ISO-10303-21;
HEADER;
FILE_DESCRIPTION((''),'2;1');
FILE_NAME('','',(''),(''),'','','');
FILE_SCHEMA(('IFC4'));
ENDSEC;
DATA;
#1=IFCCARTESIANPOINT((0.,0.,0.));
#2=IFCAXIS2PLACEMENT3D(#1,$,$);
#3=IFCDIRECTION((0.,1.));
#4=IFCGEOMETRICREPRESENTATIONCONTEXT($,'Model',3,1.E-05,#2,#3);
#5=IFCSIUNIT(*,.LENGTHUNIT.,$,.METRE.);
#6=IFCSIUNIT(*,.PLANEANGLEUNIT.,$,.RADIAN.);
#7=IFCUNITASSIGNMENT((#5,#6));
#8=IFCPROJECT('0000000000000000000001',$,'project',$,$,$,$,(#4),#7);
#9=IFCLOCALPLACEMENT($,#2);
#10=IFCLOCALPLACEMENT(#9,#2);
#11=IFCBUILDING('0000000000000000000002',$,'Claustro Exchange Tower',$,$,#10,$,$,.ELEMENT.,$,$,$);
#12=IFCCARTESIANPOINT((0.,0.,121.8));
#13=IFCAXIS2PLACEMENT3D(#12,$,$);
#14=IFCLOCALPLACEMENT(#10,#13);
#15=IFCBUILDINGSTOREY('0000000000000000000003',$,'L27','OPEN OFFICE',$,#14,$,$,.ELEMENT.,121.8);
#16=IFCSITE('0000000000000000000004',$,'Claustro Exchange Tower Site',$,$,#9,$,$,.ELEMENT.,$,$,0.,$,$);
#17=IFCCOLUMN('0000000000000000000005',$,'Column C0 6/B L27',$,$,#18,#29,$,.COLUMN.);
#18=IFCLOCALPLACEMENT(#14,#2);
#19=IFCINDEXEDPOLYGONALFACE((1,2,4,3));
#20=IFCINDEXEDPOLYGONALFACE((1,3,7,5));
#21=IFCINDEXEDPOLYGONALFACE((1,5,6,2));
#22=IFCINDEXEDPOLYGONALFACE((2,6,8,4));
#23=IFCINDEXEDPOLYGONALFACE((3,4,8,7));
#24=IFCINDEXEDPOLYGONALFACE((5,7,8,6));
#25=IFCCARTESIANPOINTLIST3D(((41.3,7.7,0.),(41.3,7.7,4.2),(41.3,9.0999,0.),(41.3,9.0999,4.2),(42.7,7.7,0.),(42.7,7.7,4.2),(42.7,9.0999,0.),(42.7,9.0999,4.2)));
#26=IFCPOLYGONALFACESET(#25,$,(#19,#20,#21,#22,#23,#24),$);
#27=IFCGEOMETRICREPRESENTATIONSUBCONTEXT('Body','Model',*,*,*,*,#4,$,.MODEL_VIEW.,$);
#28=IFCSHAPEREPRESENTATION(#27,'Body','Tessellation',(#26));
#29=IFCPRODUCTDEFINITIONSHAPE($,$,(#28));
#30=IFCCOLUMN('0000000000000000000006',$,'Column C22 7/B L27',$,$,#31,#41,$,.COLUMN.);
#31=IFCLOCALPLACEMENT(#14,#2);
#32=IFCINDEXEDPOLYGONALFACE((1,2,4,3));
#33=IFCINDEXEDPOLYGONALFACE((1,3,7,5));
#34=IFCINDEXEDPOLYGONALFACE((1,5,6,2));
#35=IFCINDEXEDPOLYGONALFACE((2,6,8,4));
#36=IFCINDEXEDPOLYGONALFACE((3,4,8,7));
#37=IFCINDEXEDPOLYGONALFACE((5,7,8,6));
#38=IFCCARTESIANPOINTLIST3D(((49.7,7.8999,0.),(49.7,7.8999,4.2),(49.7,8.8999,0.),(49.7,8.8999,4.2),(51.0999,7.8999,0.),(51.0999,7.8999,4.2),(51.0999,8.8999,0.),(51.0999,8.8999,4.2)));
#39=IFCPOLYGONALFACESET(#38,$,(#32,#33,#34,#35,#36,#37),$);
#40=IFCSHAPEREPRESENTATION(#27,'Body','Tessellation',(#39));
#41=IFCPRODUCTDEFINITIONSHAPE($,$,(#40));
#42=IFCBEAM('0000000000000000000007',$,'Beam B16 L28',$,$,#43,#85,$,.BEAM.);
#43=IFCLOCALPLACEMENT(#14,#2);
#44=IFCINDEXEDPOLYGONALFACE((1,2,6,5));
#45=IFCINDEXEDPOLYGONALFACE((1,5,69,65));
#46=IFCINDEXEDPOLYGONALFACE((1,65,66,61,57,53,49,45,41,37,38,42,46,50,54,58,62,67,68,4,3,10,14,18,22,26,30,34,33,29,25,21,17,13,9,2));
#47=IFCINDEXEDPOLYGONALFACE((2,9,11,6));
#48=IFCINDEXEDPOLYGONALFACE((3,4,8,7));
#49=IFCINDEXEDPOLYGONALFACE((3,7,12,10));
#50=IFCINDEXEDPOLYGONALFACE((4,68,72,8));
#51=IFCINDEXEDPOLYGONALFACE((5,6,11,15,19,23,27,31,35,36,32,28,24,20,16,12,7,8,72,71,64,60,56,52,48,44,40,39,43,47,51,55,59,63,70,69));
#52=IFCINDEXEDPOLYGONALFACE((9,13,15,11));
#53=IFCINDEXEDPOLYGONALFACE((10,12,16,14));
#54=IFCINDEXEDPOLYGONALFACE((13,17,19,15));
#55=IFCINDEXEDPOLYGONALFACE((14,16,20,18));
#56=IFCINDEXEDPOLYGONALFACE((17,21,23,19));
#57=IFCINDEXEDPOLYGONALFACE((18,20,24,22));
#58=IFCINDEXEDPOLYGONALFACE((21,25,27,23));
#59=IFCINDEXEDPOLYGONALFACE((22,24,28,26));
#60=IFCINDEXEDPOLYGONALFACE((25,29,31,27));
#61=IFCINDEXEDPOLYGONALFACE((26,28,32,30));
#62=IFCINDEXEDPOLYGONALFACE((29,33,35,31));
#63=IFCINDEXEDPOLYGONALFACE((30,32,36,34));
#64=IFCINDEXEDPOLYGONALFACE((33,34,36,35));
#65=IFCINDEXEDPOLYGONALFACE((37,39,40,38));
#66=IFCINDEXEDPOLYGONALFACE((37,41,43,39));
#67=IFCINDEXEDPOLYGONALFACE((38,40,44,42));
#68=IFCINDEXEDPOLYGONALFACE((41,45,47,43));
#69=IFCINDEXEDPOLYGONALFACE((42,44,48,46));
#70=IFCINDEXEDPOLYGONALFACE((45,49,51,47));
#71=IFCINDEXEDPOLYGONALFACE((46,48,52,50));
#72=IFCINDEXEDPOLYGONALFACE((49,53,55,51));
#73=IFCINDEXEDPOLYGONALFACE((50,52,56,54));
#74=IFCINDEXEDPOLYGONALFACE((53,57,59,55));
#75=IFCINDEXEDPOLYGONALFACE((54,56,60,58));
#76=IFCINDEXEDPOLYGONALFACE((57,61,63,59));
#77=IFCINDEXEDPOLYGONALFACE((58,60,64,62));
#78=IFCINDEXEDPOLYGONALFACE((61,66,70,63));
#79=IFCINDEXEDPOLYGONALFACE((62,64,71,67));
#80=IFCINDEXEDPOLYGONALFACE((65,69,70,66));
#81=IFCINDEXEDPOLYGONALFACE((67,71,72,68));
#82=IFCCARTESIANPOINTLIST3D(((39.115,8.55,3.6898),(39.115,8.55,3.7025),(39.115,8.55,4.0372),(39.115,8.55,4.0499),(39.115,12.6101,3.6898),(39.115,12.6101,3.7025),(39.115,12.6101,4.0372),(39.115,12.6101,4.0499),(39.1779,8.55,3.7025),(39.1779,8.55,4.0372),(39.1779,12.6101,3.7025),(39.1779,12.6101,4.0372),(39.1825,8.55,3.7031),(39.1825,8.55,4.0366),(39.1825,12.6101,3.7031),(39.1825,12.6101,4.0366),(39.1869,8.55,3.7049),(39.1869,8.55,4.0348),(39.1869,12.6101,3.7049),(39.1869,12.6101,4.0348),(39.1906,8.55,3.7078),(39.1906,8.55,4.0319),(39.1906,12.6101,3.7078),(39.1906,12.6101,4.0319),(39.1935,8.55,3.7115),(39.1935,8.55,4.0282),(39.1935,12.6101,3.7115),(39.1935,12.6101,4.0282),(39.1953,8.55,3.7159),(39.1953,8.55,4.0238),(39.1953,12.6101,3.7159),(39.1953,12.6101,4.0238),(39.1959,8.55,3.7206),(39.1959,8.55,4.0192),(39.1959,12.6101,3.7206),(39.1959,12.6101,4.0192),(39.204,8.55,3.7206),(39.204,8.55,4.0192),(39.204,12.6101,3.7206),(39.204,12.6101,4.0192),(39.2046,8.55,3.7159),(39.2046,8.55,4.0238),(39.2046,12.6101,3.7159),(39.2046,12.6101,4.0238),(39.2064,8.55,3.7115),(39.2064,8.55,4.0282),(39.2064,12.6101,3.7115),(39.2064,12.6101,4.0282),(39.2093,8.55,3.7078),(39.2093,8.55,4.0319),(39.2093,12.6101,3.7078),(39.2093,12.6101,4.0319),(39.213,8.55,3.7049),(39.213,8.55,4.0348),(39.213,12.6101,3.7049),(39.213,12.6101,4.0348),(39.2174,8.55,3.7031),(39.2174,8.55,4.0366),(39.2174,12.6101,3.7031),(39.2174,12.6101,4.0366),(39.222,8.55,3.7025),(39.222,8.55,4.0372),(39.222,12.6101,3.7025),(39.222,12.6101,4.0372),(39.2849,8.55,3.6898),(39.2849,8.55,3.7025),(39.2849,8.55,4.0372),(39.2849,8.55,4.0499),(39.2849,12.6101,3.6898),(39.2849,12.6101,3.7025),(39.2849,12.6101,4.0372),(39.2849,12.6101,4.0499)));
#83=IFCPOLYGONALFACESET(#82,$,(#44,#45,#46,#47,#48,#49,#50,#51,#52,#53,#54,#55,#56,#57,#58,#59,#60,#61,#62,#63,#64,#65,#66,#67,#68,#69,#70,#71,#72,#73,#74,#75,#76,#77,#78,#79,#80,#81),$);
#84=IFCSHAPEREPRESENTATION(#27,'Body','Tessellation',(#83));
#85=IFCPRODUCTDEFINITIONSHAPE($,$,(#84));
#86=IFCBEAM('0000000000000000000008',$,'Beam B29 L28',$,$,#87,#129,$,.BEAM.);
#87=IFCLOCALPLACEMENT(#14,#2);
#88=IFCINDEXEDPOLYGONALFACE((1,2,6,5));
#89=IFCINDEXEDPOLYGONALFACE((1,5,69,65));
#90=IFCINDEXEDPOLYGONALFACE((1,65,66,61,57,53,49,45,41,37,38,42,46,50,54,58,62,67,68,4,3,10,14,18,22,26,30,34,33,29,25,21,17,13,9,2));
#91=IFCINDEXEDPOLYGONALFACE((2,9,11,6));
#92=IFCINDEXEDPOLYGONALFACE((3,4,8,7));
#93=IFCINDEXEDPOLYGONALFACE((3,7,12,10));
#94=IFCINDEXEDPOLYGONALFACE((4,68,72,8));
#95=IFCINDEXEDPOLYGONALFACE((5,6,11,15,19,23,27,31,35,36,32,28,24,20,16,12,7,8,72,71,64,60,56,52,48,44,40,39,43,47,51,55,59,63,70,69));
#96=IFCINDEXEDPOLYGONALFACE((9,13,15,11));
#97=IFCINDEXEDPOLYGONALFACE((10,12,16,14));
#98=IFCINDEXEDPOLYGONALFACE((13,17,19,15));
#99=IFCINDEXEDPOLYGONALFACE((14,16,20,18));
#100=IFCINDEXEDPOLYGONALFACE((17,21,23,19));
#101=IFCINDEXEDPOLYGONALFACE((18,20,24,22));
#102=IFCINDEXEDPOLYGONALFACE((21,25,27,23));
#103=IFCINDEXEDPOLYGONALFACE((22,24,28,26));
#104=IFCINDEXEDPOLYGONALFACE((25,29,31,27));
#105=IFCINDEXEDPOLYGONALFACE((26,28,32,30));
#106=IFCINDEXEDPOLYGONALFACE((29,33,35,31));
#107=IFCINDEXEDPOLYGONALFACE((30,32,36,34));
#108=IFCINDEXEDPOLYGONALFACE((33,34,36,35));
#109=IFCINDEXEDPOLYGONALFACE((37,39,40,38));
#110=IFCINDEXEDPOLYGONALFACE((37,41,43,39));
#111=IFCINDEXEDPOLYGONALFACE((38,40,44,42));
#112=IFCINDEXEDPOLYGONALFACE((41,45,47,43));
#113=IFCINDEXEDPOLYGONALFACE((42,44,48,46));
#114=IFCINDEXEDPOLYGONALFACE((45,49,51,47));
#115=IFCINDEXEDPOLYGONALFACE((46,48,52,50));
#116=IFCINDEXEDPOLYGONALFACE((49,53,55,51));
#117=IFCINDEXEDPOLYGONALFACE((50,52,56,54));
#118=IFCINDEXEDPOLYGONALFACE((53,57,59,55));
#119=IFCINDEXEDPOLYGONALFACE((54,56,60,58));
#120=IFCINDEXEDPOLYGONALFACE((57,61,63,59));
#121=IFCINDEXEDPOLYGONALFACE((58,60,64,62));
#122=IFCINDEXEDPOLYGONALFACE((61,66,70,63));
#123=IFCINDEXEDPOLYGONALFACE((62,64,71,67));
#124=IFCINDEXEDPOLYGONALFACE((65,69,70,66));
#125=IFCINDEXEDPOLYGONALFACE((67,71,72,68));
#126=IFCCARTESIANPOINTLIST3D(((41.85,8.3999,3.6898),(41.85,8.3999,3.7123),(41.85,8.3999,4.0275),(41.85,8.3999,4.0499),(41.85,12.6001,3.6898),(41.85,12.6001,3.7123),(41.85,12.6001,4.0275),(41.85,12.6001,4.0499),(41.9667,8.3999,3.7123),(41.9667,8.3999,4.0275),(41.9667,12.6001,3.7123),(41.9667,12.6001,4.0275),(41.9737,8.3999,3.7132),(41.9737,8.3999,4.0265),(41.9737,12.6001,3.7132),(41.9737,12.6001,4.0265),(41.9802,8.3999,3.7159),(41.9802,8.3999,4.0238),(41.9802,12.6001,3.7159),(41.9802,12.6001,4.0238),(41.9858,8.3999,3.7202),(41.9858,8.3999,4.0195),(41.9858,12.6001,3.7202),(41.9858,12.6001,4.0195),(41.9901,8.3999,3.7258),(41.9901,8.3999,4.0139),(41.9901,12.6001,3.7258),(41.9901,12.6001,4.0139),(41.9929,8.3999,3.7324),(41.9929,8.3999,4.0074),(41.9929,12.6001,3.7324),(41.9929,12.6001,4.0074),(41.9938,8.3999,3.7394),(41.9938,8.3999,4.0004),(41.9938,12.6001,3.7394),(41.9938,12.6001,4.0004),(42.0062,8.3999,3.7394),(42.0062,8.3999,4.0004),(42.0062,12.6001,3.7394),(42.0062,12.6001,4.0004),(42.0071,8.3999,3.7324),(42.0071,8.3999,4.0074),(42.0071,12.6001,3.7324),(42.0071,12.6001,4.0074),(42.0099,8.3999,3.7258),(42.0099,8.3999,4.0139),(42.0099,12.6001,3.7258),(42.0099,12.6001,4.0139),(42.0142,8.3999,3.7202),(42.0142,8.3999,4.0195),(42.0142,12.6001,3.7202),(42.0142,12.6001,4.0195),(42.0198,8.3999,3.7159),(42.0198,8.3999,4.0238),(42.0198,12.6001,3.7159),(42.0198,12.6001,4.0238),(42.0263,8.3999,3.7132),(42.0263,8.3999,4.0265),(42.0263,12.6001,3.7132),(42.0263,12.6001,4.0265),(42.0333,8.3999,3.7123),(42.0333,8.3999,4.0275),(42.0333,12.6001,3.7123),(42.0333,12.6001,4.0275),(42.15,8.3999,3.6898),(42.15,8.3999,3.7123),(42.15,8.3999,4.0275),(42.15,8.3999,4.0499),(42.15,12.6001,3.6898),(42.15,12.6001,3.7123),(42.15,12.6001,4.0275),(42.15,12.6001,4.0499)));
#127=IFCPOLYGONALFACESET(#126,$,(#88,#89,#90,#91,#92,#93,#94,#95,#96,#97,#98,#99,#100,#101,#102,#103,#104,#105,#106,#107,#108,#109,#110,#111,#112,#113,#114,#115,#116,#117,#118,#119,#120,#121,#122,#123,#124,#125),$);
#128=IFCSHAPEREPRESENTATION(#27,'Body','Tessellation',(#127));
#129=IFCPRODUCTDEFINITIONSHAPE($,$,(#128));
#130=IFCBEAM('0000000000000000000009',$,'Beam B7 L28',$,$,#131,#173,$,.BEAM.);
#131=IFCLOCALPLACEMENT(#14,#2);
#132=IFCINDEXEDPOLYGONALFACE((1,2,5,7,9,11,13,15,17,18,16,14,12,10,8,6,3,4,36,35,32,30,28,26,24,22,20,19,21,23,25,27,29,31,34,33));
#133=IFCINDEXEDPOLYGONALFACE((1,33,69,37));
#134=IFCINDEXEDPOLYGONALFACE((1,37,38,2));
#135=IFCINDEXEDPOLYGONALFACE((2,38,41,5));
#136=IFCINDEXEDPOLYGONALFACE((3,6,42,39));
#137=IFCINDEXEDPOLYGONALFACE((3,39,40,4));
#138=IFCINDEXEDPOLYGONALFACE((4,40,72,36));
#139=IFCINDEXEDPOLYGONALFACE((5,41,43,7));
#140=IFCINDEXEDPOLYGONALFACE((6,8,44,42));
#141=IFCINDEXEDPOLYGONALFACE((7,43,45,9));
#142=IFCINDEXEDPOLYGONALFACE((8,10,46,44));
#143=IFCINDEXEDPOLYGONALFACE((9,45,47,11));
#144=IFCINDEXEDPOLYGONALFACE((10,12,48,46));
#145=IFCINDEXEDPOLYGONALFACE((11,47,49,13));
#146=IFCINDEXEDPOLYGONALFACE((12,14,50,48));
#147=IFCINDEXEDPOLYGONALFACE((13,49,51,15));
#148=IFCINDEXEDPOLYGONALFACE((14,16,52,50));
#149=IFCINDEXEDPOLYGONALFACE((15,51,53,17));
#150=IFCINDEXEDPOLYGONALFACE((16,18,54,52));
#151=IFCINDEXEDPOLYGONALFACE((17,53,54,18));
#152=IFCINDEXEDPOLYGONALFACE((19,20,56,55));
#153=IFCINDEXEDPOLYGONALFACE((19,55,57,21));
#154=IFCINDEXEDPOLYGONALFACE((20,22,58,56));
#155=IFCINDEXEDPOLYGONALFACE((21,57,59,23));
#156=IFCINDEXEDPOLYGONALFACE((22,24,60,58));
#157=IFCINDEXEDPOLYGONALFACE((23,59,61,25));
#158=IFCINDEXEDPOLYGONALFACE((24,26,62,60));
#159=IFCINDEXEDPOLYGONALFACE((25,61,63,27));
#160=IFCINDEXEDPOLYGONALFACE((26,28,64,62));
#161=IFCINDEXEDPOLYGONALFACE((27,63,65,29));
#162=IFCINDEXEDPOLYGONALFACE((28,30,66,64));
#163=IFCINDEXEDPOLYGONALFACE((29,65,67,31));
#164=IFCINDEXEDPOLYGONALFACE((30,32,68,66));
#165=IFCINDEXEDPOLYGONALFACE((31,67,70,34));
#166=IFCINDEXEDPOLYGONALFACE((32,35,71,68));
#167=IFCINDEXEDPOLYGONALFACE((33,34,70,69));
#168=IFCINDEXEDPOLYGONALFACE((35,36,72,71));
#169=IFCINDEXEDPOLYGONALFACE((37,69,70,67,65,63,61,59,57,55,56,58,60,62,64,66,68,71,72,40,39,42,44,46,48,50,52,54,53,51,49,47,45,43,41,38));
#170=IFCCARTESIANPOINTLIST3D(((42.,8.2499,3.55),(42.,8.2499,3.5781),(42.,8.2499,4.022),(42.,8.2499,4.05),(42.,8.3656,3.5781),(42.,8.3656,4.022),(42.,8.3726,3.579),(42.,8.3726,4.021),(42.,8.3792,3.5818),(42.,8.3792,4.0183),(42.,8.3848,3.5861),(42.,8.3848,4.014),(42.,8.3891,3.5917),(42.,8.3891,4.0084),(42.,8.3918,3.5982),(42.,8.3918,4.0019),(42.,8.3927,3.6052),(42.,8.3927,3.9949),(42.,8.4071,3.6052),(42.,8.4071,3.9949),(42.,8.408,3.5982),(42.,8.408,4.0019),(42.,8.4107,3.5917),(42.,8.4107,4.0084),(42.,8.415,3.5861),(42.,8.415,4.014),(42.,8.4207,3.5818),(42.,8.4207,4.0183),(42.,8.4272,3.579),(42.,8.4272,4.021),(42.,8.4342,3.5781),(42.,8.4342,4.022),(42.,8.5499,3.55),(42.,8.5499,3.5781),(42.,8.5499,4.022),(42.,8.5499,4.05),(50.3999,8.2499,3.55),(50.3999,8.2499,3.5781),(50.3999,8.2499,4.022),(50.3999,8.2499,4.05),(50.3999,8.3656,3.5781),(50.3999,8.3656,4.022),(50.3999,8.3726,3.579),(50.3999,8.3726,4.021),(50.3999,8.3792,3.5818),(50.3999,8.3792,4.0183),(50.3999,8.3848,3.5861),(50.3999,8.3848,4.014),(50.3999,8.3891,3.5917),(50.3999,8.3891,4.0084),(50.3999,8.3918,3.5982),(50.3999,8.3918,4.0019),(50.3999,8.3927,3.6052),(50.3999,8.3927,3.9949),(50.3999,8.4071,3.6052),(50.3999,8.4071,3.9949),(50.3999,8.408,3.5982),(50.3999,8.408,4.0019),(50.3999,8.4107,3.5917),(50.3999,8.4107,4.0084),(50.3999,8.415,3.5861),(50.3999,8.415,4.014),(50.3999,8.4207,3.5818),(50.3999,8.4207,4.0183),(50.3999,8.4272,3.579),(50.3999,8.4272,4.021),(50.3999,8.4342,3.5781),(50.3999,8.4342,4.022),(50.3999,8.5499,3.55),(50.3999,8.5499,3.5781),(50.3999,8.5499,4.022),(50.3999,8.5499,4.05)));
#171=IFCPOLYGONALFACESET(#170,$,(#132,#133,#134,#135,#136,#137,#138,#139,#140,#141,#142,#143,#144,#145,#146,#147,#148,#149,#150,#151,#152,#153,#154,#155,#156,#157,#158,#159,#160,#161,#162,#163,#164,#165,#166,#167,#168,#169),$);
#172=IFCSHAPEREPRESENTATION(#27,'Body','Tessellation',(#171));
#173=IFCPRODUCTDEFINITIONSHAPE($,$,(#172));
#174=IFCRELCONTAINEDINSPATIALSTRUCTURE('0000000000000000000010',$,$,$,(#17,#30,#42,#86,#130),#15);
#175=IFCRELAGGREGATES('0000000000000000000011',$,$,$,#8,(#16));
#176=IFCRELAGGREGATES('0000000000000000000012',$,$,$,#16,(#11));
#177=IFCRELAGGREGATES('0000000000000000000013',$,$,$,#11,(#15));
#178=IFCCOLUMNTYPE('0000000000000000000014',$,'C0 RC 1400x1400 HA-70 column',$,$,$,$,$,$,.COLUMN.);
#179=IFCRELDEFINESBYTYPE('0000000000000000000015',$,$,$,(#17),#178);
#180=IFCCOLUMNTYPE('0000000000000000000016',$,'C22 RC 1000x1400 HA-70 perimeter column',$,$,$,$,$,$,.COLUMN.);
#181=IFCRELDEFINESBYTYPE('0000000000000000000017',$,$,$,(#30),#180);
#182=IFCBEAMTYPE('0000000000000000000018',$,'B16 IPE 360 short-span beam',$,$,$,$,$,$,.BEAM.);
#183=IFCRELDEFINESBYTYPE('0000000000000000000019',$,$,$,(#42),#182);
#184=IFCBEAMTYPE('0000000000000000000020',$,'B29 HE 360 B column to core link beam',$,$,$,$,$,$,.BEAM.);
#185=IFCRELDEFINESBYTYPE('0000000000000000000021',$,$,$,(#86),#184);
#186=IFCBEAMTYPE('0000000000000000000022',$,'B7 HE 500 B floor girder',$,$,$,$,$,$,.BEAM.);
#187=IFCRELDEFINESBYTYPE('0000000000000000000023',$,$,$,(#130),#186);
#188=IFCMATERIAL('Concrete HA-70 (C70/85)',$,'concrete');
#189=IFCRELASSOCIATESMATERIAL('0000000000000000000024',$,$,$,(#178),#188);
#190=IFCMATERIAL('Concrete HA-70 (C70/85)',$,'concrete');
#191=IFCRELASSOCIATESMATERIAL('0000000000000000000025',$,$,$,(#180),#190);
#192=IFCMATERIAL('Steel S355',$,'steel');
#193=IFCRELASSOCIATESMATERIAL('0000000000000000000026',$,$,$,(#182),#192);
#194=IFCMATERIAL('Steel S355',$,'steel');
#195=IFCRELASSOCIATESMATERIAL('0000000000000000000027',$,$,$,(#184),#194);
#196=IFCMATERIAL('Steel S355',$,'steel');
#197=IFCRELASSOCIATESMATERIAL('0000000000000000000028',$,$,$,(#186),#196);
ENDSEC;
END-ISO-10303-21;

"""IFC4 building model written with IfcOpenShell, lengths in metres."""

from ifc_helpers import new_model, si_unit, direction, frame, origin, origin_2d, place, context, subcontext, project, spatial, rectangle, i_section, extrude, material, material_profile, profile_set, type_object, element, save


model = new_model("IFC4")

# Units and contexts
model_context = context("Model", 3, precision=1e-05, world=origin(), true_north=direction((0.0, 1.0)))
body_context = subcontext(model_context, "Body", "Model", "MODEL_VIEW")
ifc_project = project(units=[si_unit("LENGTHUNIT", "METRE"), si_unit("PLANEANGLEUNIT", "RADIAN")], contexts=[model_context])

# Site, building, storey
site_placement = place(None, origin())
site = spatial("IfcSite", under=ifc_project, at=site_placement, Name="Claustro Exchange Tower Site", CompositionType="ELEMENT", RefElevation=0.0)
building_placement = place(site_placement, origin())
building = spatial("IfcBuilding", under=site, at=building_placement, Name="Claustro Exchange Tower", CompositionType="ELEMENT")
storey_placement = place(building_placement, frame((0.0, 0.0, 121.8)))
storey = spatial("IfcBuildingStorey", under=building, at=storey_placement, Name="L27", Description="OPEN OFFICE", CompositionType="ELEMENT", Elevation=121.8)

# Columns
ifc_material_1 = material(Name="Concrete HA-70 (C70/85)", Category="concrete")
ifc_material_profile_1 = material_profile(ifc_material_1, rectangle(XDim=1.3999, YDim=1.3999, at=origin_2d()), Name="RC 1400x1400")
ifc_profile_set_1 = profile_set([ifc_material_profile_1], Name="Concrete HA-70 (C70/85)")
column_type_1 = type_object("IfcColumnType", Name="C0 RC 1400x1400 HA-70 column", PredefinedType="COLUMN", material=ifc_profile_set_1)
column_1_placement = place(storey_placement, frame((42.0, 8.3999, 0.0), z_axis=(0.0, 0.0, 1.0), x_axis=(1.0, 0.0, 0.0)))
element("IfcColumn", 1, at=column_1_placement, inside=storey, type_object=column_type_1, Name="Column C0 6/B L27", PredefinedType="COLUMN", context=body_context, shape_type="SweptSolid", body=[
    extrude(rectangle(XDim=1.3999, YDim=1.3999, at=origin_2d()), origin(), (0.0, 0.0, 1.0), 4.2),
])
ifc_material_2 = material(Name="Concrete HA-70 (C70/85)", Category="concrete")
ifc_material_profile_2 = material_profile(ifc_material_2, rectangle(XDim=1.0, YDim=1.3999, at=origin_2d()), Name="RC 1000x1400")
ifc_profile_set_2 = profile_set([ifc_material_profile_2], Name="Concrete HA-70 (C70/85)")
column_type_2 = type_object("IfcColumnType", Name="C22 RC 1000x1400 HA-70 perimeter column", PredefinedType="COLUMN", material=ifc_profile_set_2)
column_2_placement = place(storey_placement, frame((50.3999, 8.3999, 0.0), z_axis=(0.0, 0.0, 1.0), x_axis=(0.0, 1.0, 0.0)))
element("IfcColumn", 2, at=column_2_placement, inside=storey, type_object=column_type_2, Name="Column C22 7/B L27", PredefinedType="COLUMN", context=body_context, shape_type="SweptSolid", body=[
    extrude(rectangle(XDim=1.0, YDim=1.3999, at=origin_2d()), origin(), (0.0, 0.0, 1.0), 4.2),
])

# Beams
ifc_material_3 = material(Name="Steel S355", Category="steel")
ifc_material_profile_3 = material_profile(ifc_material_3, i_section(OverallWidth=0.1699, OverallDepth=0.3601, WebThickness=0.0081, FlangeThickness=0.0127, FilletRadius=0.0181, at=origin_2d()), Name="IPE 360")
ifc_profile_set_3 = profile_set([ifc_material_profile_3], Name="Steel S355")
beam_type_1 = type_object("IfcBeamType", Name="B16 IPE 360 short-span beam", PredefinedType="BEAM", material=ifc_profile_set_3)
beam_1_placement = place(storey_placement, frame((39.2, 8.55, 3.8699), z_axis=(0.0, 1.0, 0.0), x_axis=(-1.0, 0.0, 0.0)))
element("IfcBeam", 3, at=beam_1_placement, inside=storey, type_object=beam_type_1, Name="Beam B16 L28", PredefinedType="BEAM", context=body_context, shape_type="SweptSolid", body=[
    extrude(i_section(OverallWidth=0.1699, OverallDepth=0.3601, WebThickness=0.0081, FlangeThickness=0.0127, FilletRadius=0.0181, at=origin_2d()), origin(), (0.0, 0.0, 1.0), 4.0601),
])
ifc_material_4 = material(Name="Steel S355", Category="steel")
ifc_material_profile_4 = material_profile(ifc_material_4, i_section(OverallWidth=0.3, OverallDepth=0.3601, WebThickness=0.0125, FlangeThickness=0.0225, FilletRadius=0.0271, at=origin_2d()), Name="HE 360 B")
ifc_profile_set_4 = profile_set([ifc_material_profile_4], Name="Steel S355")
beam_type_2 = type_object("IfcBeamType", Name="B29 HE 360 B column to core link beam", PredefinedType="BEAM", material=ifc_profile_set_4)
beam_2_placement = place(storey_placement, frame((42.0, 8.3999, 3.8699), z_axis=(0.0, 1.0, 0.0), x_axis=(-1.0, 0.0, 0.0)))
element("IfcBeam", 4, at=beam_2_placement, inside=storey, type_object=beam_type_2, Name="Beam B29 L28", PredefinedType="BEAM", context=body_context, shape_type="SweptSolid", body=[
    extrude(i_section(OverallWidth=0.3, OverallDepth=0.3601, WebThickness=0.0125, FlangeThickness=0.0225, FilletRadius=0.0271, at=origin_2d()), origin(), (0.0, 0.0, 1.0), 4.2002),
])
ifc_material_5 = material(Name="Steel S355", Category="steel")
ifc_material_profile_5 = material_profile(ifc_material_5, i_section(OverallWidth=0.3, OverallDepth=0.5, WebThickness=0.0144, FlangeThickness=0.0281, FilletRadius=0.0271, at=origin_2d()), Name="HE 500 B")
ifc_profile_set_5 = profile_set([ifc_material_profile_5], Name="Steel S355")
beam_type_3 = type_object("IfcBeamType", Name="B7 HE 500 B floor girder", PredefinedType="BEAM", material=ifc_profile_set_5)
beam_3_placement = place(storey_placement, frame((42.0, 8.3999, 3.8), z_axis=(1.0, 0.0, 0.0), x_axis=(0.0, 1.0, 0.0)))
element("IfcBeam", 5, at=beam_3_placement, inside=storey, type_object=beam_type_3, Name="Beam B7 L28", PredefinedType="BEAM", context=body_context, shape_type="SweptSolid", body=[
    extrude(i_section(OverallWidth=0.3, OverallDepth=0.5, WebThickness=0.0144, FlangeThickness=0.0281, FilletRadius=0.0271, at=origin_2d()), origin(), (0.0, 0.0, 1.0), 8.3999),
])

save(model, "model.ifc")
